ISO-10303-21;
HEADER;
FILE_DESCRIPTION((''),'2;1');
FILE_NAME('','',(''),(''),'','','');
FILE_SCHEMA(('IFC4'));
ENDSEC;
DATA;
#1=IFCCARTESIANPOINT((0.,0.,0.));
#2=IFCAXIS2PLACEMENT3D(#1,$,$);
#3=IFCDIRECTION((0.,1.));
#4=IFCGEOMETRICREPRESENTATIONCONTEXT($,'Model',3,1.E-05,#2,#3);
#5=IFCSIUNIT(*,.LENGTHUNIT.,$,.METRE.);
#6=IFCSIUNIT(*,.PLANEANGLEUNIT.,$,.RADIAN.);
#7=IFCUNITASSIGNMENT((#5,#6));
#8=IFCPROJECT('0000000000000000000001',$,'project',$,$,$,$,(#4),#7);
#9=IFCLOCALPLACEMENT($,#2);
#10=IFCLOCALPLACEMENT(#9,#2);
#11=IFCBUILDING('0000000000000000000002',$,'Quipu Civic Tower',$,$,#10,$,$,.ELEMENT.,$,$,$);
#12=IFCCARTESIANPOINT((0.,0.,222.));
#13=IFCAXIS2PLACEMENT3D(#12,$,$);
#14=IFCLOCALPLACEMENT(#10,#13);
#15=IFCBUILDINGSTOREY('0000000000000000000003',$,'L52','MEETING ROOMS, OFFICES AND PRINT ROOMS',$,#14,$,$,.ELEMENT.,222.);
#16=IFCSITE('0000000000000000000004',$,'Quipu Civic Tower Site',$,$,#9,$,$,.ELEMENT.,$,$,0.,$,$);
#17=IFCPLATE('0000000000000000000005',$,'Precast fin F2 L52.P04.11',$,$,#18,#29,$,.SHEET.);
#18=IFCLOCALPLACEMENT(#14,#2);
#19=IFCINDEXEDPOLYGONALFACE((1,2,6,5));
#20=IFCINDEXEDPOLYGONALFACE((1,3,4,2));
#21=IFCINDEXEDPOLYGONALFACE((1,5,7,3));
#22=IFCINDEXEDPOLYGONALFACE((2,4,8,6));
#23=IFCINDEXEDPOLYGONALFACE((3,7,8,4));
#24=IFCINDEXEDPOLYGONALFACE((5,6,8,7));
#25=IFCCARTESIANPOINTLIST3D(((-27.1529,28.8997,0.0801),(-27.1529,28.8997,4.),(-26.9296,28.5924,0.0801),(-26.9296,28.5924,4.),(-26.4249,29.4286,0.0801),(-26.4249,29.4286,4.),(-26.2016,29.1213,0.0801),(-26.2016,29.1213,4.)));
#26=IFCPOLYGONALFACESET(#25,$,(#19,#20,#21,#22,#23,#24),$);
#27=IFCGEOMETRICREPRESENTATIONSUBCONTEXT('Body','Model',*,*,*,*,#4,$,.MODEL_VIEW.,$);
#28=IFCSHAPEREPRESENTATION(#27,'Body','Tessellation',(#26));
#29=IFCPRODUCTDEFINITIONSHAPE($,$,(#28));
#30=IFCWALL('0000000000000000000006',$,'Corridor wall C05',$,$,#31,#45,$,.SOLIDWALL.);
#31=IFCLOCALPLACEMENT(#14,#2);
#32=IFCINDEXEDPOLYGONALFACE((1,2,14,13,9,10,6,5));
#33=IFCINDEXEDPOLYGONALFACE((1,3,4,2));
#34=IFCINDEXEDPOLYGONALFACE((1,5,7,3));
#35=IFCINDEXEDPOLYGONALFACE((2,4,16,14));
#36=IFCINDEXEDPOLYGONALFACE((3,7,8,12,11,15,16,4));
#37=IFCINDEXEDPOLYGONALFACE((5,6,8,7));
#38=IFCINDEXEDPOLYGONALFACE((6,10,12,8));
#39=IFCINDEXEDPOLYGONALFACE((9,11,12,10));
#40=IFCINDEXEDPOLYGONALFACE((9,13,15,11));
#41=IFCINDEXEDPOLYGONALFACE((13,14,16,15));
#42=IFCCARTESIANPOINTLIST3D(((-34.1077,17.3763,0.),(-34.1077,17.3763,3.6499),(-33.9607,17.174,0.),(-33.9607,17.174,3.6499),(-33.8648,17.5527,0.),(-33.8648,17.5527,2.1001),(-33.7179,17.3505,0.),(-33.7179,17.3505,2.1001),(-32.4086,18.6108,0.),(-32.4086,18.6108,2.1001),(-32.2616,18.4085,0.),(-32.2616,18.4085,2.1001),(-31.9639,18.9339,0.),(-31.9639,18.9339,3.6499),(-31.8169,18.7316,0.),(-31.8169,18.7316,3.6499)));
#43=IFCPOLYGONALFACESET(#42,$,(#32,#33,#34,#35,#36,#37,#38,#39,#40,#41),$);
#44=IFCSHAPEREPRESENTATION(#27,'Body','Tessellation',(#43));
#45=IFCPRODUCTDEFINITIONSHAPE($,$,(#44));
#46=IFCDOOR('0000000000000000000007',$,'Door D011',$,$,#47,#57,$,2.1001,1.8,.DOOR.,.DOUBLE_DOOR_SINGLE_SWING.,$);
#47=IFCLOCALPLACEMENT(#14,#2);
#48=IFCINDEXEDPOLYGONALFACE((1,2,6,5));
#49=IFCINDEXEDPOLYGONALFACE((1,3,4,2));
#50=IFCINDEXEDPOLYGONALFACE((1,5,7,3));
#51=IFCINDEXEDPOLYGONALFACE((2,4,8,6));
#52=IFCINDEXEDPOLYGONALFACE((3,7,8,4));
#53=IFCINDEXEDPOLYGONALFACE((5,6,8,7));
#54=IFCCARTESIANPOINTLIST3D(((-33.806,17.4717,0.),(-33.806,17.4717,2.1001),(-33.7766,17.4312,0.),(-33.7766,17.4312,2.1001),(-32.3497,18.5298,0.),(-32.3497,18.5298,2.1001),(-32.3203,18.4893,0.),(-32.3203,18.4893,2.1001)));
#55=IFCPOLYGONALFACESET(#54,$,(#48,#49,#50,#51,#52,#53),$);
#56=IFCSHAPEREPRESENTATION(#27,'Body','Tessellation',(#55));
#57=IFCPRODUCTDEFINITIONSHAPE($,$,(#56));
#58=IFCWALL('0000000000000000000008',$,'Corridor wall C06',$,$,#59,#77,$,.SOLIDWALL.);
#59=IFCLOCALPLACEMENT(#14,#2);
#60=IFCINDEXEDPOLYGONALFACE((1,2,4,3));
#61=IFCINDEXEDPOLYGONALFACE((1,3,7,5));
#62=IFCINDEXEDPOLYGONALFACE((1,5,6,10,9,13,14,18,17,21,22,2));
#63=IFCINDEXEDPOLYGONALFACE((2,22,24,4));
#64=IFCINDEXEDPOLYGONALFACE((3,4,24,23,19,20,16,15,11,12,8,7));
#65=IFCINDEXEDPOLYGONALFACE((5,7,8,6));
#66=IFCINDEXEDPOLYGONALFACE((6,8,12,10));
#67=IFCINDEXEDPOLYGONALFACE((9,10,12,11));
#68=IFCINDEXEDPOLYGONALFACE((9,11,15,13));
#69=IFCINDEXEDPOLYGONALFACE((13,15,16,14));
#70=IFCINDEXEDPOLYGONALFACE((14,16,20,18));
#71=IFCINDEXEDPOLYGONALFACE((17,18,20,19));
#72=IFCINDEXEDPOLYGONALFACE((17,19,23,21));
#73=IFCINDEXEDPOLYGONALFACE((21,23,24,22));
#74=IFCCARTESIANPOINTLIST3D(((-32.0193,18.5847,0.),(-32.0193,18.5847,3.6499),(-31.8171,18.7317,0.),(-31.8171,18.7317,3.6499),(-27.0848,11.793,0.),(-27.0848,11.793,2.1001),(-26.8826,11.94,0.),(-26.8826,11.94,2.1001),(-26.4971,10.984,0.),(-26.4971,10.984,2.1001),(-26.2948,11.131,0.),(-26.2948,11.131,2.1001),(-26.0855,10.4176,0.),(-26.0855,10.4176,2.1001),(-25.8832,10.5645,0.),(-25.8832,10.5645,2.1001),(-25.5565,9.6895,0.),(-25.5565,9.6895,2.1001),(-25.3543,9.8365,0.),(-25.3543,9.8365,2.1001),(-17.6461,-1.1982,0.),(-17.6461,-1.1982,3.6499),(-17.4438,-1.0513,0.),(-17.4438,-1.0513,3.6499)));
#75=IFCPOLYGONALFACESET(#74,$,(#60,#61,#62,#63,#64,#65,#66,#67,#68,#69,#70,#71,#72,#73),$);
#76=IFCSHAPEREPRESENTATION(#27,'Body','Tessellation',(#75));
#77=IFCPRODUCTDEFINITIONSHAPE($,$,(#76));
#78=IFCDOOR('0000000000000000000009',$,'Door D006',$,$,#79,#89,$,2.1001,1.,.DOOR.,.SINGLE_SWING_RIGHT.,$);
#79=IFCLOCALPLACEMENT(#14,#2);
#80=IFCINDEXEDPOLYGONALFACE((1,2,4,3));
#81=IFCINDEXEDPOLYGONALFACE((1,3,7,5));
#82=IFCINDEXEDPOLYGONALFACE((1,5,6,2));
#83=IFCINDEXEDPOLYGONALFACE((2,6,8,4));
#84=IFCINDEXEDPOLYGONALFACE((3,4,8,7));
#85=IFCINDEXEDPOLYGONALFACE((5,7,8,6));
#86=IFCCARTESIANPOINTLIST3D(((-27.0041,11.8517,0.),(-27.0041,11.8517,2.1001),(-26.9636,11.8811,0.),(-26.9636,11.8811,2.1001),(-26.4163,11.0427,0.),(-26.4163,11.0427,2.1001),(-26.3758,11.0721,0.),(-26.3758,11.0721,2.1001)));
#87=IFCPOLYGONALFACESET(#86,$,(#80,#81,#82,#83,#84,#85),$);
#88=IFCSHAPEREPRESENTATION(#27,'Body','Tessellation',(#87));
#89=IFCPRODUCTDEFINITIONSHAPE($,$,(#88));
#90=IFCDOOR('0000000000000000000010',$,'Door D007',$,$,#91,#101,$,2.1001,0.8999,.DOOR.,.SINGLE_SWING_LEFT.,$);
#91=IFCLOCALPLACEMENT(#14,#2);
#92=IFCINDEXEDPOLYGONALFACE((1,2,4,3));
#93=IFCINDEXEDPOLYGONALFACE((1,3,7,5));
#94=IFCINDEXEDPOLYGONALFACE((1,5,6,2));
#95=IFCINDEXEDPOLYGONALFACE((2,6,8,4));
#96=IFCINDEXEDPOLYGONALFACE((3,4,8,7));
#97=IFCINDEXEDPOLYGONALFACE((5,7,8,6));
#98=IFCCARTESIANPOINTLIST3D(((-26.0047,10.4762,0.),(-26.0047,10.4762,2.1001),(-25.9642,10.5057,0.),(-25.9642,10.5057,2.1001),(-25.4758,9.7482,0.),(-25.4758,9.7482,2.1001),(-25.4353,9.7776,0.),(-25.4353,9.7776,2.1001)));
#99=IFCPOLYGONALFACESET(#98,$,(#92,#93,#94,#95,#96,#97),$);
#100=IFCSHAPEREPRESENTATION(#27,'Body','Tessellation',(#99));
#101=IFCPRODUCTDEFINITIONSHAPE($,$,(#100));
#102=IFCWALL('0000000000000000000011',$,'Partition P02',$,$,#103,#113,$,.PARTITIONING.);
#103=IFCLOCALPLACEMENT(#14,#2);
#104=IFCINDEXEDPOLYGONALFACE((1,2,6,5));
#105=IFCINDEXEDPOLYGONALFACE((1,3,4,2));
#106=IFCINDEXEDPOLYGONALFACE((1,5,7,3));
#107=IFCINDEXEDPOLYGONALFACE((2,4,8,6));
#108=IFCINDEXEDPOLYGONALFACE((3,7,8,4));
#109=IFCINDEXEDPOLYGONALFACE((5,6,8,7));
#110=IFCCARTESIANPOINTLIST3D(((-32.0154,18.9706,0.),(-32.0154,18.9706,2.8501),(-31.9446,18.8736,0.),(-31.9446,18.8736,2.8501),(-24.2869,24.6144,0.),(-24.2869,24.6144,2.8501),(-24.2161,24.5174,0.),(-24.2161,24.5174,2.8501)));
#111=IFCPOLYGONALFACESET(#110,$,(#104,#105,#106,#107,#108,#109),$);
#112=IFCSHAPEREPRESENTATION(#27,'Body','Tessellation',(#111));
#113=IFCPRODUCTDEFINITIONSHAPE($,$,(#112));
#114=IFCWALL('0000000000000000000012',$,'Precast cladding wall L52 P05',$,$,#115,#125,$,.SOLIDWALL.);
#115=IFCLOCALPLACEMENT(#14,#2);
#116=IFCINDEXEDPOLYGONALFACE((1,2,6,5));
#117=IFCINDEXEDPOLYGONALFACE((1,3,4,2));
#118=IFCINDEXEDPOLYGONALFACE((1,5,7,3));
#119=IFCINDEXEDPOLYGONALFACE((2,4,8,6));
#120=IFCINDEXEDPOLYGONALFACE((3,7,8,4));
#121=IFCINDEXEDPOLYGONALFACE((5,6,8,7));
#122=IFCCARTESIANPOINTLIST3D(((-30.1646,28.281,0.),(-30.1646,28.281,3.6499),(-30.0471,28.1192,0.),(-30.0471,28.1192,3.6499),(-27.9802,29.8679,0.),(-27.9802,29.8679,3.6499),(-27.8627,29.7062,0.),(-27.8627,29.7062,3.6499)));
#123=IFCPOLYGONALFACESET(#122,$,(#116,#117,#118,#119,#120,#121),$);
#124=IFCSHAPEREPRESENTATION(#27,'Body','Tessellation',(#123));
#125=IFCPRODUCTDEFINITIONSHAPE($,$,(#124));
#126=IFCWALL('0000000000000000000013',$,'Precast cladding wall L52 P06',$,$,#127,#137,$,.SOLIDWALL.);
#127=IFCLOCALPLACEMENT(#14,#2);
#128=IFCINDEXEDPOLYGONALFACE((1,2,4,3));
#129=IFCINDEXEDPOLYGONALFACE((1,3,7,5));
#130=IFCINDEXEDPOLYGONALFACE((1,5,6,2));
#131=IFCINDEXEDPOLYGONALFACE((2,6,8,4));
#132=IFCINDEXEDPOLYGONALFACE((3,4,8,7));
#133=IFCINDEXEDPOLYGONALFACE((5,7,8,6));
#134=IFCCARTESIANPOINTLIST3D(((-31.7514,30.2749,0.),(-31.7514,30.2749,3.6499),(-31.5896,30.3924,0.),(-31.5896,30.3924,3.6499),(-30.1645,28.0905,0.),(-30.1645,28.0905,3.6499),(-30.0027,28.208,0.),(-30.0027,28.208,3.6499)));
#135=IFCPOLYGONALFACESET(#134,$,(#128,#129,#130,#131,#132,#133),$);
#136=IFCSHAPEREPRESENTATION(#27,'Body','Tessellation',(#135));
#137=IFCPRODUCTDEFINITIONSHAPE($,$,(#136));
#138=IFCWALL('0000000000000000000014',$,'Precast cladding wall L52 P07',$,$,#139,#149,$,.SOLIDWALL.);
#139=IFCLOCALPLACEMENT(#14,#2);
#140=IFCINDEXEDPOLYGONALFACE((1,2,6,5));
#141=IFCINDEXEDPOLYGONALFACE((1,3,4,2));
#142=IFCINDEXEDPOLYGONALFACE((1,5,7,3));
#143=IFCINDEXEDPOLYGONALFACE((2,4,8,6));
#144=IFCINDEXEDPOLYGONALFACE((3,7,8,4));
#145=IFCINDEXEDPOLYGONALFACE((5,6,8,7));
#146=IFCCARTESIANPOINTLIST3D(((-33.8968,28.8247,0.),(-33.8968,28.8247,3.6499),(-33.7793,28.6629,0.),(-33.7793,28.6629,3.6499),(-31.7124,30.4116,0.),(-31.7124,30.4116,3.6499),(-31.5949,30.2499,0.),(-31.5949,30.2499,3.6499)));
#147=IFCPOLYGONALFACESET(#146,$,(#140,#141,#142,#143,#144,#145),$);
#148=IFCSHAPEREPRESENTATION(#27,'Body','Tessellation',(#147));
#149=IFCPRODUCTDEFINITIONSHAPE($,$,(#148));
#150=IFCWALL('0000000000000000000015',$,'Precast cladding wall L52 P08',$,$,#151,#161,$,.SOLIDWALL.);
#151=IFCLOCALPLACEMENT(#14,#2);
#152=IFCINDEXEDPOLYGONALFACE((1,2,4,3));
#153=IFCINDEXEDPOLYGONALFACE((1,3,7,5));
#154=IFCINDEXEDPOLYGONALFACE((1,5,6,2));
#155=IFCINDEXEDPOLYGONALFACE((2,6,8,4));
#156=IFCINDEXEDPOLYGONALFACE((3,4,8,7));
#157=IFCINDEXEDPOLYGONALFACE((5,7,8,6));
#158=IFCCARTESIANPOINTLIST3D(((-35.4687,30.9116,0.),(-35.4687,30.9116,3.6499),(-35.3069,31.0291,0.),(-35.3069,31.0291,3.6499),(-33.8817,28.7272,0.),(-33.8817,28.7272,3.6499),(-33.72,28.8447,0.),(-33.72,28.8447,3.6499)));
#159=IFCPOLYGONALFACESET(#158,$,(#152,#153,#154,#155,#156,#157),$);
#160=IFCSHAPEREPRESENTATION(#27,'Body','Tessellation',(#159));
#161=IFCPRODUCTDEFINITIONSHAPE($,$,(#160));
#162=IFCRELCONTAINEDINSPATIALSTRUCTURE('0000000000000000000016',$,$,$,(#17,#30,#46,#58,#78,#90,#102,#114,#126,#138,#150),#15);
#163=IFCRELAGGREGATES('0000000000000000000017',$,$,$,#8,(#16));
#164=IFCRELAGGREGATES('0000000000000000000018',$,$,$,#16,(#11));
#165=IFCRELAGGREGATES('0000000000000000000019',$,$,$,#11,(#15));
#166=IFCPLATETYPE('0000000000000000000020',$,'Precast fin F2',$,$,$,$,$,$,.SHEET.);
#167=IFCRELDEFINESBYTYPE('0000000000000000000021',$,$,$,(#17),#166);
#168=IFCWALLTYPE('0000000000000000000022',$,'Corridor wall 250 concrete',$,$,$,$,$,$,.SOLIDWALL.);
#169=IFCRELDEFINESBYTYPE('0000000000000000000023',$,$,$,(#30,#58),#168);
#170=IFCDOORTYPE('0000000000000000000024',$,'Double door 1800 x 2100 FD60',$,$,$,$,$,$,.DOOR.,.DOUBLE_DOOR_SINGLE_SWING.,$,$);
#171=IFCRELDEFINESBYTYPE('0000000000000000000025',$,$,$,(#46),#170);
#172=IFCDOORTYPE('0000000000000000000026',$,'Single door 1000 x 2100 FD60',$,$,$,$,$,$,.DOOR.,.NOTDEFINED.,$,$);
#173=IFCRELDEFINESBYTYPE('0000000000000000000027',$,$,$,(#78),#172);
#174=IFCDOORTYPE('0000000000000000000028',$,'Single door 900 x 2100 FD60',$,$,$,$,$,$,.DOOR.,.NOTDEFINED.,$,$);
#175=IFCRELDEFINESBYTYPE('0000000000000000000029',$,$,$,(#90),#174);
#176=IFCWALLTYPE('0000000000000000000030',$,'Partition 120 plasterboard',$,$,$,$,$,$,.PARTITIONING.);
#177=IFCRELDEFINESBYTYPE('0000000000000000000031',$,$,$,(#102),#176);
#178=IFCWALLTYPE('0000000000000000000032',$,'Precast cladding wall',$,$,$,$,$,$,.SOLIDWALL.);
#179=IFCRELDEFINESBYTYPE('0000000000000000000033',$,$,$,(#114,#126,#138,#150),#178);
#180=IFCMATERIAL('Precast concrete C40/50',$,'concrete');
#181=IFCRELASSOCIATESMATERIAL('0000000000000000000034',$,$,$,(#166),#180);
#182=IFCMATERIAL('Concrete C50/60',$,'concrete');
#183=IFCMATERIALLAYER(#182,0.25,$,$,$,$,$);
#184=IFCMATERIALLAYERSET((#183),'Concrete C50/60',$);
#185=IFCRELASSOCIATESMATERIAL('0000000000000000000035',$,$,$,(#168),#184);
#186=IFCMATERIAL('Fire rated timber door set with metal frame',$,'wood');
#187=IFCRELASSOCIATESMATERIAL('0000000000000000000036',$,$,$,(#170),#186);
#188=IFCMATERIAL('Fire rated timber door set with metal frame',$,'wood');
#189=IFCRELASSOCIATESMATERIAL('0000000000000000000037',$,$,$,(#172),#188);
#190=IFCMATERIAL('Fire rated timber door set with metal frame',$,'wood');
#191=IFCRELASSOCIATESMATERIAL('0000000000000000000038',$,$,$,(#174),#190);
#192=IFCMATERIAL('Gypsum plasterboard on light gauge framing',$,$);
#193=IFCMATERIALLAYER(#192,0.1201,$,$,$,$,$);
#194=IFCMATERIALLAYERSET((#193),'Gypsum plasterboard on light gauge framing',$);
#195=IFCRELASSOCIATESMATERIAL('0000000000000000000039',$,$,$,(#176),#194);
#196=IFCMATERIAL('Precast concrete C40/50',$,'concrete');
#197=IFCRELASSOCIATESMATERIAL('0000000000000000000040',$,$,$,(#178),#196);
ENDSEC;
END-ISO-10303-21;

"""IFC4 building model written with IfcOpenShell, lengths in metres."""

from ifc_helpers import new_model, si_unit, direction, frame, frame_2d, origin, origin_2d, place, context, subcontext, project, spatial, rectangle, extrude, material, layer, layer_set, type_object, element, fill, save


model = new_model("IFC4")

# Units and contexts
model_context = context("Model", 3, precision=1e-05, world=origin(), true_north=direction((0.0, 1.0)))
body_context = subcontext(model_context, "Body", "Model", "MODEL_VIEW")
ifc_project = project(units=[si_unit("LENGTHUNIT", "METRE"), si_unit("PLANEANGLEUNIT", "RADIAN")], contexts=[model_context])

# Site, building, storey
site_placement = place(None, origin())
site = spatial("IfcSite", under=ifc_project, at=site_placement, Name="Quipu Civic Tower Site", CompositionType="ELEMENT", RefElevation=0.0)
building_placement = place(site_placement, origin())
building = spatial("IfcBuilding", under=site, at=building_placement, Name="Quipu Civic Tower", CompositionType="ELEMENT")
storey_placement = place(building_placement, frame((0.0, 0.0, 222.0)))
storey = spatial("IfcBuildingStorey", under=building, at=storey_placement, Name="L52", Description="MEETING ROOMS, OFFICES AND PRINT ROOMS", CompositionType="ELEMENT", Elevation=222.0)

# Plate
ifc_material_1 = material(Name="Precast concrete C40/50", Category="concrete")
plate_type = type_object("IfcPlateType", Name="Precast fin F2", PredefinedType="SHEET", material=ifc_material_1)
for number, where, z_axis, x_axis, name in (
    (1, (-26.6772, 29.0105, 0.0801), (0.0, 0.0, 1.0), (-0.587787, 0.809016, 0.0), "Precast fin F2 L52.P04.11"),
):
    element("IfcPlate", number, at=place(storey_placement, frame(where, z_axis=z_axis, x_axis=x_axis)), inside=storey, type_object=plate_type, Name=name, PredefinedType="SHEET", context=body_context, shape_type="SweptSolid", body=[
        extrude(rectangle(XDim=0.3799, YDim=0.8999, at=origin_2d()), origin(), (0.0, 0.0, 1.0), 3.9199),
    ])

# Wall, opening, door
ifc_material_2 = material(Name="Concrete C50/60", Category="concrete")
ifc_layer_1 = layer(ifc_material_2, 0.25)
ifc_layer_set_1 = layer_set([ifc_layer_1], Name="Concrete C50/60")
wall_type_1 = type_object("IfcWallType", Name="Corridor wall 250 concrete", PredefinedType="SOLIDWALL", material=ifc_layer_set_1)
wall_1_placement = place(storey_placement, frame((-34.0342, 17.2751, 0.0), z_axis=(0.0, 0.0, 1.0), x_axis=(0.809007, 0.587799, 0.0)))
wall_1 = element("IfcWall", 2, at=wall_1_placement, inside=storey, type_object=wall_type_1, Name="Corridor wall C05", PredefinedType="SOLIDWALL", context=body_context, shape_type="SweptSolid", body=[
    extrude(rectangle(XDim=2.6499, YDim=0.25, at=frame_2d((1.325, 0.0))), origin(), (0.0, 0.0, 1.0), 3.6499),
])
opening_1_placement = place(wall_1_placement, frame((0.3003, 0.0, 0.0)))
opening_1 = element("IfcOpeningElement", 3, at=opening_1_placement, cuts=wall_1, PredefinedType="OPENING", context=body_context, shape_type="SweptSolid", body=[
    extrude(rectangle(XDim=1.8, YDim=2.1001, at=frame_2d((0.8999, 1.05))), frame((0.0, 0.135, 0.0), z_axis=(0.0, -1.0, 0.0), x_axis=(1.0, 0.0, 0.0)), (0.0, 0.0, 1.0), 0.27),
])
ifc_material_3 = material(Name="Fire rated timber door set with metal frame", Category="wood")
door_type_1 = type_object("IfcDoorType", Name="Double door 1800 x 2100 FD60", OperationType="DOUBLE_DOOR_SINGLE_SWING", PredefinedType="DOOR", material=ifc_material_3)
door_1_placement = place(opening_1_placement, origin())
door_1 = element("IfcDoor", 4, at=door_1_placement, inside=storey, type_object=door_type_1, Name="Door D011", OperationType="DOUBLE_DOOR_SINGLE_SWING", OverallHeight=2.1001, OverallWidth=1.8, PredefinedType="DOOR", context=body_context, shape_type="SweptSolid", body=[
    extrude(rectangle(XDim=1.8, YDim=2.1001, at=frame_2d((0.8999, 1.05))), frame((0.0, 0.0249, 0.0), z_axis=(0.0, -1.0, 0.0), x_axis=(1.0, 0.0, 0.0)), (0.0, 0.0, 1.0), 0.05),
])
fill(opening_1, door_1)

# Wall, openings, doors
wall_2_placement = place(storey_placement, frame((-31.9182, 18.6582, 0.0), z_axis=(0.0, 0.0, 1.0), x_axis=(0.587789, -0.809014, 0.0)))
wall_2 = element("IfcWall", 5, at=wall_2_placement, inside=storey, type_object=wall_type_1, Name="Corridor wall C06", PredefinedType="SOLIDWALL", context=body_context, shape_type="SweptSolid", body=[
    extrude(rectangle(XDim=24.4531, YDim=0.25, at=frame_2d((12.2266, 0.0))), origin(), (0.0, 0.0, 1.0), 3.6499),
])
opening_2_placement = place(wall_2_placement, frame((8.395, 0.0, 0.0)))
opening_2 = element("IfcOpeningElement", 6, at=opening_2_placement, cuts=wall_2, PredefinedType="OPENING", context=body_context, shape_type="SweptSolid", body=[
    extrude(rectangle(XDim=1.0, YDim=2.1001, at=frame_2d((0.5, 1.05))), frame((0.0, 0.135, 0.0), z_axis=(0.0, -1.0, 0.0), x_axis=(1.0, 0.0, 0.0)), (0.0, 0.0, 1.0), 0.27),
])
opening_3_placement = place(wall_2_placement, frame((10.0952, 0.0, 0.0)))
opening_3 = element("IfcOpeningElement", 7, at=opening_3_placement, cuts=wall_2, PredefinedType="OPENING", context=body_context, shape_type="SweptSolid", body=[
    extrude(rectangle(XDim=0.8999, YDim=2.1001, at=frame_2d((0.45, 1.05))), frame((0.0, 0.135, 0.0), z_axis=(0.0, -1.0, 0.0), x_axis=(1.0, 0.0, 0.0)), (0.0, 0.0, 1.0), 0.27),
])
ifc_material_4 = material(Name="Fire rated timber door set with metal frame", Category="wood")
door_type_2 = type_object("IfcDoorType", Name="Single door 1000 x 2100 FD60", OperationType="NOTDEFINED", PredefinedType="DOOR", material=ifc_material_4)
door_2_placement = place(opening_2_placement, origin())
door_2 = element("IfcDoor", 8, at=door_2_placement, inside=storey, type_object=door_type_2, Name="Door D006", OperationType="SINGLE_SWING_RIGHT", OverallHeight=2.1001, OverallWidth=1.0, PredefinedType="DOOR", context=body_context, shape_type="SweptSolid", body=[
    extrude(rectangle(XDim=1.0, YDim=2.1001, at=frame_2d((0.5, 1.05))), frame((0.0, 0.0249, 0.0), z_axis=(0.0, -1.0, 0.0), x_axis=(1.0, 0.0, 0.0)), (0.0, 0.0, 1.0), 0.05),
])
fill(opening_2, door_2)
ifc_material_5 = material(Name="Fire rated timber door set with metal frame", Category="wood")
door_type_3 = type_object("IfcDoorType", Name="Single door 900 x 2100 FD60", OperationType="NOTDEFINED", PredefinedType="DOOR", material=ifc_material_5)
door_3_placement = place(opening_3_placement, origin())
door_3 = element("IfcDoor", 9, at=door_3_placement, inside=storey, type_object=door_type_3, Name="Door D007", OperationType="SINGLE_SWING_LEFT", OverallHeight=2.1001, OverallWidth=0.8999, PredefinedType="DOOR", context=body_context, shape_type="SweptSolid", body=[
    extrude(rectangle(XDim=0.8999, YDim=2.1001, at=frame_2d((0.45, 1.05))), frame((0.0, 0.0249, 0.0), z_axis=(0.0, -1.0, 0.0), x_axis=(1.0, 0.0, 0.0)), (0.0, 0.0, 1.0), 0.05),
])
fill(opening_3, door_3)

# Walls
ifc_material_6 = material(Name="Gypsum plasterboard on light gauge framing")
ifc_layer_2 = layer(ifc_material_6, 0.1201)
ifc_layer_set_2 = layer_set([ifc_layer_2], Name="Gypsum plasterboard on light gauge framing")
wall_type_2 = type_object("IfcWallType", Name="Partition 120 plasterboard", PredefinedType="PARTITIONING", material=ifc_layer_set_2)
wall_3_placement = place(storey_placement, frame((-31.98, 18.9221, 0.0), z_axis=(0.0, 0.0, 1.0), x_axis=(0.807588, 0.589747, 0.0)))
element("IfcWall", 10, at=wall_3_placement, inside=storey, type_object=wall_type_2, Name="Partition P02", PredefinedType="PARTITIONING", context=body_context, shape_type="SweptSolid", body=[
    extrude(rectangle(XDim=9.5698, YDim=0.1201, at=frame_2d((4.7849, 0.0))), origin(), (0.0, 0.0, 1.0), 2.8501),
])
ifc_material_7 = material(Name="Precast concrete C40/50", Category="concrete")
wall_type_3 = type_object("IfcWallType", Name="Precast cladding wall", PredefinedType="SOLIDWALL", material=ifc_material_7)
for number, where, z_axis, x_axis, name in (
    (11, (-27.9214, 29.7871, 0.0), (0.0, 0.0, 1.0), (-0.809033, -0.587763, 0.0), "Precast cladding wall L52 P05"),
    (12, (-30.0835, 28.1492, 0.0), (0.0, 0.0, 1.0), (-0.587763, 0.809033, 0.0), "Precast cladding wall L52 P06"),
    (13, (-31.6536, 30.3308, 0.0), (0.0, 0.0, 1.0), (-0.809033, -0.587763, 0.0), "Precast cladding wall L52 P07"),
    (14, (-33.8008, 28.7859, 0.0), (0.0, 0.0, 1.0), (-0.587763, 0.809033, 0.0), "Precast cladding wall L52 P08"),
):
    element("IfcWall", number, at=place(storey_placement, frame(where, z_axis=z_axis, x_axis=x_axis)), inside=storey, type_object=wall_type_3, Name=name, PredefinedType="SOLIDWALL", context=body_context, shape_type="SweptSolid", body=[
        extrude(rectangle(XDim=2.7, YDim=0.2, at=frame_2d((1.3501, 0.0))), origin(), (0.0, 0.0, 1.0), 3.6499),
    ])

save(model, "model.ifc")
